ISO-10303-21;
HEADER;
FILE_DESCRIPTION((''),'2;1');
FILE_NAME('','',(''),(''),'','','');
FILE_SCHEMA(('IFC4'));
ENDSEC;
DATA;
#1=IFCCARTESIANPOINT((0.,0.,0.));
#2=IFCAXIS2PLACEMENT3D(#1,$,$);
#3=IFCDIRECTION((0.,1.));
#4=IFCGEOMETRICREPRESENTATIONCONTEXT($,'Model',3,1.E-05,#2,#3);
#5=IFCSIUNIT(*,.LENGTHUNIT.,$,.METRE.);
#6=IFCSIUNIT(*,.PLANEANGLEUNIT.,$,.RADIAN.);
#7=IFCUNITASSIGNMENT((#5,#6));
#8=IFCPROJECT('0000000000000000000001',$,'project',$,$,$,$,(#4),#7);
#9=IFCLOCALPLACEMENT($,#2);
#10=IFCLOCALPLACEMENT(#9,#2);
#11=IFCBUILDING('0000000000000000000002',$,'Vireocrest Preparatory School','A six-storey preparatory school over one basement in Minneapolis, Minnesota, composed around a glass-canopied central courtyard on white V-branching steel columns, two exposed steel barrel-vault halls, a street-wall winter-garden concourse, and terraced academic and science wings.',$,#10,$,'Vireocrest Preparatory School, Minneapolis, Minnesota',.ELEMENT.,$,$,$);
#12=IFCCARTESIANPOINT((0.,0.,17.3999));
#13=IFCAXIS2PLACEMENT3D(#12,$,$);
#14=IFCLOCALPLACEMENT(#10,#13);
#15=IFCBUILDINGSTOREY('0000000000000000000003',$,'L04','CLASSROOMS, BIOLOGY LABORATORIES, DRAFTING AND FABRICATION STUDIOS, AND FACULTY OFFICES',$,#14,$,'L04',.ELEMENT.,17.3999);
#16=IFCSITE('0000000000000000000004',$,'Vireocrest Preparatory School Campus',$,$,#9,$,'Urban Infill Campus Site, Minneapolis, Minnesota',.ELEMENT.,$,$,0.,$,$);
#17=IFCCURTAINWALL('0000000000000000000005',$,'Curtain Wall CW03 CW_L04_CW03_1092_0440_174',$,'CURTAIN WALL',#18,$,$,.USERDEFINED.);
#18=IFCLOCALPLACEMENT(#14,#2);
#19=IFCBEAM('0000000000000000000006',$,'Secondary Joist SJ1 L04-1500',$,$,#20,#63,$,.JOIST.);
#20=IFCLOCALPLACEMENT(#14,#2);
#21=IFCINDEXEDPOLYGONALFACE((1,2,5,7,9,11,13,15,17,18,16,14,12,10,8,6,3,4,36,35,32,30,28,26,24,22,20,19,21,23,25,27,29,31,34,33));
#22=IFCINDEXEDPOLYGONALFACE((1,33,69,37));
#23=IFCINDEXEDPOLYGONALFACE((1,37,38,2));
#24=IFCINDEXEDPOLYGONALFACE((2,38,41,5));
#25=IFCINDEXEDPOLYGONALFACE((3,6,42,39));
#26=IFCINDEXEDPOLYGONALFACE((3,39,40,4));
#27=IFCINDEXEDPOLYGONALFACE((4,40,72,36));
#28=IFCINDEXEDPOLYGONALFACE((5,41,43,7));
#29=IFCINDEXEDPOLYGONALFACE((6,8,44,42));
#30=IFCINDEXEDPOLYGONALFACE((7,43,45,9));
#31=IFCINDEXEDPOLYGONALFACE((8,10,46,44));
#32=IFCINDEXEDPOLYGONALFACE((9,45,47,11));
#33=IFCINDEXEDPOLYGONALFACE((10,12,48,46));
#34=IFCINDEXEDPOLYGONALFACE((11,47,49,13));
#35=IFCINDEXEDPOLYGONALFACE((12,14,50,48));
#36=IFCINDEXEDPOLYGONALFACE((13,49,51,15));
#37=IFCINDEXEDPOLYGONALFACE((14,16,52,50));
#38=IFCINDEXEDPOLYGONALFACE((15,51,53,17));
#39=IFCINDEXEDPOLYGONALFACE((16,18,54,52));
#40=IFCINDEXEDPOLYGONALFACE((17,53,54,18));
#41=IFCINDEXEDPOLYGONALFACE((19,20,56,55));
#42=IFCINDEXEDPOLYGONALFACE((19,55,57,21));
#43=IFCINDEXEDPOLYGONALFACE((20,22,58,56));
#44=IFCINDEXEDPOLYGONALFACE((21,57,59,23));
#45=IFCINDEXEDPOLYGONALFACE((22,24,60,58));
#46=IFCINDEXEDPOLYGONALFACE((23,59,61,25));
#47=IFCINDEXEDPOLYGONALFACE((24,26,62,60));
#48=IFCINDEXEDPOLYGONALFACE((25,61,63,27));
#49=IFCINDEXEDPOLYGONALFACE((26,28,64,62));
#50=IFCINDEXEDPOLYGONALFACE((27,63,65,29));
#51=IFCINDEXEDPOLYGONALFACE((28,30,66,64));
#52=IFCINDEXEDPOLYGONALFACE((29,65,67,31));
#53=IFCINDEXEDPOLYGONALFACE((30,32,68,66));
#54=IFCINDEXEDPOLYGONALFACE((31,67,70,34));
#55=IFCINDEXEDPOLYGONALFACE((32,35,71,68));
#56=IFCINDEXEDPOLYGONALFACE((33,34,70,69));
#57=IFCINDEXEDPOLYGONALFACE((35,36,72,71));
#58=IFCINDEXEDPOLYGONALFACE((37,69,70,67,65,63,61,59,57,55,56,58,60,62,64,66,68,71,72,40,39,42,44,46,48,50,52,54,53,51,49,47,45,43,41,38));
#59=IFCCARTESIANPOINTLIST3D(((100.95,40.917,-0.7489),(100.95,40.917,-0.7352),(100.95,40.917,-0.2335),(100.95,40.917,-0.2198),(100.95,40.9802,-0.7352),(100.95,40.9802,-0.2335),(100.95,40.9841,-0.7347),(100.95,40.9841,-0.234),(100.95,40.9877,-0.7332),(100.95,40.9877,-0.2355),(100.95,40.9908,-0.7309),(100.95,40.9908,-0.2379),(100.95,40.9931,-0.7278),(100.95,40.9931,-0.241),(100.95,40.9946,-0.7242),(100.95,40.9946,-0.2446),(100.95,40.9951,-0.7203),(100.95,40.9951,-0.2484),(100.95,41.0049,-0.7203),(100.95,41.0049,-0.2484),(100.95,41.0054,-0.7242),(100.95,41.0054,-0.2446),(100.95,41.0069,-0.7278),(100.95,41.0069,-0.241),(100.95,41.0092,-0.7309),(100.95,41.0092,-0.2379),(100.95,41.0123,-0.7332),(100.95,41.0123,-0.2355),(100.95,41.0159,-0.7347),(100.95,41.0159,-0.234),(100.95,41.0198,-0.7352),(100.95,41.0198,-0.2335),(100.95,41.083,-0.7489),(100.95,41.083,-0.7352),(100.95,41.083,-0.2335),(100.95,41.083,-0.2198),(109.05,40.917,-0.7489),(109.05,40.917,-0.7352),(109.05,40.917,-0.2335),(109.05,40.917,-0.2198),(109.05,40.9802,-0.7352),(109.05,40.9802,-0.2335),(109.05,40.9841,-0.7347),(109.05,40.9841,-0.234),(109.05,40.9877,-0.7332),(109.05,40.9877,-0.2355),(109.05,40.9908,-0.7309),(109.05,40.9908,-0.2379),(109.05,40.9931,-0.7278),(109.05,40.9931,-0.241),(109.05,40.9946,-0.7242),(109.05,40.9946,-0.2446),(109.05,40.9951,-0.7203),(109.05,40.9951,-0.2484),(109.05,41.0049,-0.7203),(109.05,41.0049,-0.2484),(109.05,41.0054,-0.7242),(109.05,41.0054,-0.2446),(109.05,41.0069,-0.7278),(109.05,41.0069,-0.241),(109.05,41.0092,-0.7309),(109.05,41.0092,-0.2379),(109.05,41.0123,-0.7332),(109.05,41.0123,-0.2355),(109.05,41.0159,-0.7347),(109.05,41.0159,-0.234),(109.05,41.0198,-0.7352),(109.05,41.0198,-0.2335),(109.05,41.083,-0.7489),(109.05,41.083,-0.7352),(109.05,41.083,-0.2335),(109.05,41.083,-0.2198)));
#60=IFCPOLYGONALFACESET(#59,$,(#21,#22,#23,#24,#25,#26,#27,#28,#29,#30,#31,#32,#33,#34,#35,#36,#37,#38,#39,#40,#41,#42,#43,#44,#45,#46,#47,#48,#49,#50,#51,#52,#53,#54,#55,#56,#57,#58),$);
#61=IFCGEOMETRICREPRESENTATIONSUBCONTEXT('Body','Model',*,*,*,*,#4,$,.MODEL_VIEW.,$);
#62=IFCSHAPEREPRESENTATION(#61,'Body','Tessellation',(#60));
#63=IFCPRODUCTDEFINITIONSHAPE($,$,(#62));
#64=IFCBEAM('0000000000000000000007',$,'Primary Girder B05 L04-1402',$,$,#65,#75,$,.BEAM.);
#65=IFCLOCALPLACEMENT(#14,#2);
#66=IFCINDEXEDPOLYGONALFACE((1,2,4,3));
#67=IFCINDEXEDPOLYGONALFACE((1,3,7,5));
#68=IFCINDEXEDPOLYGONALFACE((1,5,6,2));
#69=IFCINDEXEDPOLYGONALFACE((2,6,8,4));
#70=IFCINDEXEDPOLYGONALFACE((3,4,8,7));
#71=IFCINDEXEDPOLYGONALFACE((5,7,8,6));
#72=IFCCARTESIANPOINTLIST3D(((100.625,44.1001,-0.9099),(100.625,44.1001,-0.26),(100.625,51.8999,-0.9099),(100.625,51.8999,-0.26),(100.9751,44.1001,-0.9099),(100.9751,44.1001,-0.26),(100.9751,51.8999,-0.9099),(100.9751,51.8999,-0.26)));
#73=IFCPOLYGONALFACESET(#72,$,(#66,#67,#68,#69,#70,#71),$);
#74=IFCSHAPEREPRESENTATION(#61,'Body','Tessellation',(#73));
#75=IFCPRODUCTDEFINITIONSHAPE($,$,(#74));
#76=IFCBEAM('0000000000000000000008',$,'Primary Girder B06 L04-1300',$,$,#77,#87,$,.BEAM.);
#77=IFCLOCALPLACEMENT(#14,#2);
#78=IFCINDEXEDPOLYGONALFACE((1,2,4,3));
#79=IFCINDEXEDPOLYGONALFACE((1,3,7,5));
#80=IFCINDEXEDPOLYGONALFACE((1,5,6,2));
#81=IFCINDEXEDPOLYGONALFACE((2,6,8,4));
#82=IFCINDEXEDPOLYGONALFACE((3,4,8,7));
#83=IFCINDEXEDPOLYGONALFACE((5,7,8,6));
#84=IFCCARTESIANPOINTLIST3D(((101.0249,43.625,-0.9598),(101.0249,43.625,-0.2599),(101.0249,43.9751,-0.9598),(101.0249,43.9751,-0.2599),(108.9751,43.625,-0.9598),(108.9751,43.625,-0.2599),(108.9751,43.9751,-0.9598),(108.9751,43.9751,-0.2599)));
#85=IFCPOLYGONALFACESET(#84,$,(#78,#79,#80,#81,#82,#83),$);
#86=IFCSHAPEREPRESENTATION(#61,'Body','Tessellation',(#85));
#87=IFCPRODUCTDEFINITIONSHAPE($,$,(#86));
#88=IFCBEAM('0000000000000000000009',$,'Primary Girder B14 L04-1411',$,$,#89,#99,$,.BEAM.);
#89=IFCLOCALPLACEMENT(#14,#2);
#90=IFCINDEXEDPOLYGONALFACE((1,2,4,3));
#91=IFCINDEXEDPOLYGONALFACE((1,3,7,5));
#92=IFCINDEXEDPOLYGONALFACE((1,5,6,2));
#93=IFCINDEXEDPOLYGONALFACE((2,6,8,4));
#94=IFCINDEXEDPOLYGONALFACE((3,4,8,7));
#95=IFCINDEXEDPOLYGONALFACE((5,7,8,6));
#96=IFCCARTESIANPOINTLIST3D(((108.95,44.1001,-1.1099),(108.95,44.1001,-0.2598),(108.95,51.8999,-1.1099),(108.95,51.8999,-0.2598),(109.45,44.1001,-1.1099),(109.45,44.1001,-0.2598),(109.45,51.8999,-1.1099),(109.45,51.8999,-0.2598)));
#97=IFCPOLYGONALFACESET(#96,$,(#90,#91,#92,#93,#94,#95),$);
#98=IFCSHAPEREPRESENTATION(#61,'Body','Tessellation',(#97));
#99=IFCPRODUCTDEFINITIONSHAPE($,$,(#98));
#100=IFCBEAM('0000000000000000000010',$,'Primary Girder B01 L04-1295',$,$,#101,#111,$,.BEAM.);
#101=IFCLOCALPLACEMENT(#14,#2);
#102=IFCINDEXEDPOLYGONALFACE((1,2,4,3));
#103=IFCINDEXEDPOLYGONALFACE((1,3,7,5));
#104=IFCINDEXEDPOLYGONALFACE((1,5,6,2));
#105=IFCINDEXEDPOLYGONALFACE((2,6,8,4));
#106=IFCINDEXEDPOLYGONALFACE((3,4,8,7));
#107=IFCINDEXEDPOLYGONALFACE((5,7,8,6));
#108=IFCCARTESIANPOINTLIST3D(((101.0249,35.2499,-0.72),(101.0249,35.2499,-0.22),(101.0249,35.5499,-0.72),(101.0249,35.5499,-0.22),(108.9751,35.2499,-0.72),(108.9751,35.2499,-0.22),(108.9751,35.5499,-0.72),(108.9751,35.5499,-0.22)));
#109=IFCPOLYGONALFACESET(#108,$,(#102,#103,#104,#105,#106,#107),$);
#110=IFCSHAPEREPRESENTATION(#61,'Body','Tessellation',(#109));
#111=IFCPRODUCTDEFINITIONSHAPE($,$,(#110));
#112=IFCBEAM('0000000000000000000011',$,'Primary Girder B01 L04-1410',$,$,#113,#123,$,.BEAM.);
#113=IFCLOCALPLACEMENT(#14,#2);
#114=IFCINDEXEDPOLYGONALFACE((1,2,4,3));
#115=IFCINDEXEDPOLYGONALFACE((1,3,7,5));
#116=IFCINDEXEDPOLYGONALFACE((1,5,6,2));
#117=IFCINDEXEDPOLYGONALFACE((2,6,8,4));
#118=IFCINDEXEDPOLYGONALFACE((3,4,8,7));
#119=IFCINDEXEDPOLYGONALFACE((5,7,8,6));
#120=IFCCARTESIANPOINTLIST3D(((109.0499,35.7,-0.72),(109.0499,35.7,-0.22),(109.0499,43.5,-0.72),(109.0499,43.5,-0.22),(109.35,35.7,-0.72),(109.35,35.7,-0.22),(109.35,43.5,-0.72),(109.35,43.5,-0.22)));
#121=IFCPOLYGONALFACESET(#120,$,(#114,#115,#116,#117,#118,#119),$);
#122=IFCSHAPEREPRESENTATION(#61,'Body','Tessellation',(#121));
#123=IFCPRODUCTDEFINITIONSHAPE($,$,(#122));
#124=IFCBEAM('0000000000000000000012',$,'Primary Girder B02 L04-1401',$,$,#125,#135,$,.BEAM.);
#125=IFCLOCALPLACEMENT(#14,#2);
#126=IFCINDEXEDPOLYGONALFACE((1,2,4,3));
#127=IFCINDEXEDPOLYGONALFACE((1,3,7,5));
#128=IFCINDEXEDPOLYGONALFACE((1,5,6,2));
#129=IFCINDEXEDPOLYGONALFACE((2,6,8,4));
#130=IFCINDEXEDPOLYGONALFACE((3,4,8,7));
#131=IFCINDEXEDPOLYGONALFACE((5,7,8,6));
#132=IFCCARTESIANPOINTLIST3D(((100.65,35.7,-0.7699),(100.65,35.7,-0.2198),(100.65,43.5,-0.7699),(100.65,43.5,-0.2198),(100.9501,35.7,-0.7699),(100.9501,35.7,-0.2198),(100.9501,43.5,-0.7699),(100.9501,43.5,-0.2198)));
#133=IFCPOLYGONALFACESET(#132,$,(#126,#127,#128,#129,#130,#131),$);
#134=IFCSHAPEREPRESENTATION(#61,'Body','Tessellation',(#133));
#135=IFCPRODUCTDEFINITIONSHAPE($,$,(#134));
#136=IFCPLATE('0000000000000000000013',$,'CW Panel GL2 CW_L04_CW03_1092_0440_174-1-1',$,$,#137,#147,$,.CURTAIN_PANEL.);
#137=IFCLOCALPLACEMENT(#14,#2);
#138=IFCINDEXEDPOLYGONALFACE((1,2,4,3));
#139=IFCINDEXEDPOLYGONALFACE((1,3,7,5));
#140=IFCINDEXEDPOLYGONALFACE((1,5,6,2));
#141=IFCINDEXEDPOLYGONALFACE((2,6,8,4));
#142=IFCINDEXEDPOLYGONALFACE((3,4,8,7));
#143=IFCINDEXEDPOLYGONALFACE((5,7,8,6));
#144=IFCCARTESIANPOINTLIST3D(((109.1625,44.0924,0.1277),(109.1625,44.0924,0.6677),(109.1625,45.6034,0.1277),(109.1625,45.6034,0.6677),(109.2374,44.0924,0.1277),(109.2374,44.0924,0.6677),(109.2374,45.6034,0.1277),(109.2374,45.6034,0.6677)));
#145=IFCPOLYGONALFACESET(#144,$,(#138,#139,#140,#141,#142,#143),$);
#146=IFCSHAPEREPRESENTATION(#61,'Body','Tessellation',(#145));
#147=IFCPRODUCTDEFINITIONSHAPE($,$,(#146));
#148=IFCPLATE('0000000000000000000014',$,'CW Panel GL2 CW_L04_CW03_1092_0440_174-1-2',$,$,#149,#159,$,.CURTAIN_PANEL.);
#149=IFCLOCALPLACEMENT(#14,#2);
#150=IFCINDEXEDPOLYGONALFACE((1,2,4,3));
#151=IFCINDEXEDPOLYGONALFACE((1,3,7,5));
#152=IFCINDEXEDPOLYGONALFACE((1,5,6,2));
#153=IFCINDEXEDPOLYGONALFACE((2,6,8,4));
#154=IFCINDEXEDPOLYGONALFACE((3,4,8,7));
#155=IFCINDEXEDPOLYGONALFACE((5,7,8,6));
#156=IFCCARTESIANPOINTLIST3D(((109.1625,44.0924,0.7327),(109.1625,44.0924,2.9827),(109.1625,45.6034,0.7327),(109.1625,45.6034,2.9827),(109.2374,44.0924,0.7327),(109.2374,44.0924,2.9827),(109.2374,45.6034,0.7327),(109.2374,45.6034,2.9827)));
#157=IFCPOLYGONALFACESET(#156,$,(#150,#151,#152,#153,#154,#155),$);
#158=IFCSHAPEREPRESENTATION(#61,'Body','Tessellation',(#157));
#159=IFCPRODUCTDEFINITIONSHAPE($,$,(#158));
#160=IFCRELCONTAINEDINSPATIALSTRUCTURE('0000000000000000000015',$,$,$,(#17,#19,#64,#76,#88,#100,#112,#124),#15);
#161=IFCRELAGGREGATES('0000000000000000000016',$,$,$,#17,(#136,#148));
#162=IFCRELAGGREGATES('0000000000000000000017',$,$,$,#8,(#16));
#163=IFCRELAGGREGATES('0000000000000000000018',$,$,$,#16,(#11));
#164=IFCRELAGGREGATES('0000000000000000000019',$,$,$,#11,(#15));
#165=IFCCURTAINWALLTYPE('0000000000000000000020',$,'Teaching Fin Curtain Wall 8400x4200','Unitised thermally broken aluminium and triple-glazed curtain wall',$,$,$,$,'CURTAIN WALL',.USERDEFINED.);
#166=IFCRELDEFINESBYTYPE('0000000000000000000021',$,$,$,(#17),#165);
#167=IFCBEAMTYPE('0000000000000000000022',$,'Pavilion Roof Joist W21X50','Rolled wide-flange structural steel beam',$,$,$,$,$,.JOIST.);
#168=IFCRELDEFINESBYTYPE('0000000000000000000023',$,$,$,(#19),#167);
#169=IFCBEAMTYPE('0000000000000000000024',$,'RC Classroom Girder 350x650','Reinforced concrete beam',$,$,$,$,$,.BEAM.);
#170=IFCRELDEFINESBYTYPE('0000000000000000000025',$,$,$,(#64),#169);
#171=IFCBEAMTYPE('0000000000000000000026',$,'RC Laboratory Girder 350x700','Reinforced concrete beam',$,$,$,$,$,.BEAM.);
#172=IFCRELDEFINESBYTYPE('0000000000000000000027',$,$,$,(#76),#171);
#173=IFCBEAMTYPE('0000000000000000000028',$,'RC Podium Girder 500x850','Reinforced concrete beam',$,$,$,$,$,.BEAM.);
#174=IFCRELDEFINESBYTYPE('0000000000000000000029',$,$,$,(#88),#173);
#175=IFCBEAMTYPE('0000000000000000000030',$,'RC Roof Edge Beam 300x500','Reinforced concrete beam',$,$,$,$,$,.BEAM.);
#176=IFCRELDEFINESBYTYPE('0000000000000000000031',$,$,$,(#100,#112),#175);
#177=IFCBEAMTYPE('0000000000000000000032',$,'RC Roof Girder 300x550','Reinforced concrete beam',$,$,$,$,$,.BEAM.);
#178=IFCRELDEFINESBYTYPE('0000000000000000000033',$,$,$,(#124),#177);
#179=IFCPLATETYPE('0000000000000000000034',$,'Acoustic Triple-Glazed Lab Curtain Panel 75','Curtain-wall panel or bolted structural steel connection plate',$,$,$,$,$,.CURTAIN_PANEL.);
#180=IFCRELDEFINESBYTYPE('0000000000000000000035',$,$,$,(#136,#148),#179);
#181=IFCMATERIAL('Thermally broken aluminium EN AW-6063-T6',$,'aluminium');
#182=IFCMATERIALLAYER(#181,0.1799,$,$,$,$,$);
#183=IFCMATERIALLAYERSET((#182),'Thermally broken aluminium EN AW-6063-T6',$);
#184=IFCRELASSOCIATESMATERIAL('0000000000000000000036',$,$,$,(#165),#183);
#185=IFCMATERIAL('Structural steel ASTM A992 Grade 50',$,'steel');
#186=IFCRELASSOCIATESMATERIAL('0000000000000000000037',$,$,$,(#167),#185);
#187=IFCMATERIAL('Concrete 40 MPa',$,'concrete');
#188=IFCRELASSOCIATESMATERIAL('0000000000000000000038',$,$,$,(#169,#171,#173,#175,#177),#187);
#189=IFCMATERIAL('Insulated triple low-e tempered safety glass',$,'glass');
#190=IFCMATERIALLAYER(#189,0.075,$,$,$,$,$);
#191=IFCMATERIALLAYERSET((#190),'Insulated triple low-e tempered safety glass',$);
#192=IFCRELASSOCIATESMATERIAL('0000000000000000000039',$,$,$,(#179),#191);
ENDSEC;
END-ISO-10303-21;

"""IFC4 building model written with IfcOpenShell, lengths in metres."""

from ifc_helpers import new_model, si_unit, direction, frame, origin, origin_2d, place, context, subcontext, project, spatial, rectangle, i_section, extrude, material, layer, layer_set, material_profile, profile_set, type_object, element, aggregate, save


model = new_model("IFC4")

# Units and contexts
model_context = context("Model", 3, precision=1e-05, world=origin(), true_north=direction((0.0, 1.0)))
body_context = subcontext(model_context, "Body", "Model", "MODEL_VIEW")
ifc_project = project(units=[si_unit("LENGTHUNIT", "METRE"), si_unit("PLANEANGLEUNIT", "RADIAN")], contexts=[model_context])

# Site, building, storey
site_placement = place(None, origin())
site = spatial("IfcSite", under=ifc_project, at=site_placement, Name="Vireocrest Preparatory School Campus", LongName="Urban Infill Campus Site, Minneapolis, Minnesota", CompositionType="ELEMENT", RefElevation=0.0)
building_placement = place(site_placement, origin())
building = spatial("IfcBuilding", under=site, at=building_placement, Name="Vireocrest Preparatory School", Description="A six-storey preparatory school over one basement in Minneapolis, Minnesota, composed around a glass-canopied central courtyard on white V-branching steel columns, two exposed steel barrel-vault halls, a street-wall winter-garden concourse, and terraced academic and science wings.", LongName="Vireocrest Preparatory School, Minneapolis, Minnesota", CompositionType="ELEMENT")
storey_placement = place(building_placement, frame((0.0, 0.0, 17.3999)))
storey = spatial("IfcBuildingStorey", under=building, at=storey_placement, Name="L04", Description="CLASSROOMS, BIOLOGY LABORATORIES, DRAFTING AND FABRICATION STUDIOS, AND FACULTY OFFICES", LongName="L04", CompositionType="ELEMENT", Elevation=17.3999)

# Shared definitions
ifc_material_1 = material(Name="Thermally broken aluminium EN AW-6063-T6", Category="aluminium")

# Curtain wall
ifc_layer_1 = layer(ifc_material_1, 0.1799)
ifc_layer_set_1 = layer_set([ifc_layer_1], Name="Thermally broken aluminium EN AW-6063-T6")
curtain_wall_type_1 = type_object("IfcCurtainWallType", Name="Teaching Fin Curtain Wall 8400x4200", Description="Unitised thermally broken aluminium and triple-glazed curtain wall", ElementType="CURTAIN WALL", PredefinedType="USERDEFINED", material=ifc_layer_set_1)
curtain_wall_1_placement = place(storey_placement, origin())
curtain_wall_1 = element("IfcCurtainWall", 1, at=curtain_wall_1_placement, inside=storey, type_object=curtain_wall_type_1, Name="Curtain Wall CW03 CW_L04_CW03_1092_0440_174", ObjectType="CURTAIN WALL", PredefinedType="USERDEFINED")

# Beams
ifc_material_2 = material(Name="Structural steel ASTM A992 Grade 50", Category="steel")
ifc_material_profile_1 = material_profile(ifc_material_2, i_section(OverallWidth=0.166, OverallDepth=0.5291, WebThickness=0.0098, FlangeThickness=0.0137, FilletRadius=0.0149, at=origin_2d()), Name="W21X50")
ifc_profile_set_1 = profile_set([ifc_material_profile_1], Name="Structural steel ASTM A992 Grade 50")
beam_type_1 = type_object("IfcBeamType", Name="Pavilion Roof Joist W21X50", Description="Rolled wide-flange structural steel beam", PredefinedType="JOIST", material=ifc_profile_set_1)
for number, where, z_axis, x_axis, name in (
    (2, (100.95, 41.0, -0.4844), (1.0, 0.0, 0.0), (0.0, 1.0, 0.0), "Secondary Joist SJ1 L04-1500"),
):
    element("IfcBeam", number, at=place(storey_placement, frame(where, z_axis=z_axis, x_axis=x_axis)), inside=storey, type_object=beam_type_1, Name=name, PredefinedType="JOIST", context=body_context, shape_type="SweptSolid", body=[
        extrude(i_section(OverallWidth=0.166, OverallDepth=0.5291, WebThickness=0.0098, FlangeThickness=0.0137, FilletRadius=0.0149, at=origin_2d()), origin(), (0.0, 0.0, 1.0), 8.1001),
    ])
ifc_material_3 = material(Name="Concrete 40 MPa", Category="concrete")
ifc_material_profile_2 = material_profile(ifc_material_3, rectangle(XDim=0.3501, YDim=0.6499, at=origin_2d()), Name="RC 350x650")
ifc_profile_set_2 = profile_set([ifc_material_profile_2], Name="Concrete 40 MPa")
beam_type_2 = type_object("IfcBeamType", Name="RC Classroom Girder 350x650", Description="Reinforced concrete beam", PredefinedType="BEAM", material=ifc_profile_set_2)
beam_1_placement = place(storey_placement, frame((100.8, 44.1001, -0.585), z_axis=(0.0, 1.0, 0.0), x_axis=(-1.0, 0.0, 0.0)))
element("IfcBeam", 3, at=beam_1_placement, inside=storey, type_object=beam_type_2, Name="Primary Girder B05 L04-1402", PredefinedType="BEAM", context=body_context, shape_type="SweptSolid", body=[
    extrude(rectangle(XDim=0.3501, YDim=0.6499, at=origin_2d()), origin(), (0.0, 0.0, 1.0), 7.7998),
])
ifc_material_profile_3 = material_profile(ifc_material_3, rectangle(XDim=0.3501, YDim=0.7, at=origin_2d()), Name="RC 350x700")
ifc_profile_set_3 = profile_set([ifc_material_profile_3], Name="Concrete 40 MPa")
beam_type_3 = type_object("IfcBeamType", Name="RC Laboratory Girder 350x700", Description="Reinforced concrete beam", PredefinedType="BEAM", material=ifc_profile_set_3)
beam_2_placement = place(storey_placement, frame((101.0249, 43.8, -0.6099), z_axis=(1.0, 0.0, 0.0), x_axis=(0.0, 1.0, 0.0)))
element("IfcBeam", 4, at=beam_2_placement, inside=storey, type_object=beam_type_3, Name="Primary Girder B06 L04-1300", PredefinedType="BEAM", context=body_context, shape_type="SweptSolid", body=[
    extrude(rectangle(XDim=0.3501, YDim=0.7, at=origin_2d()), origin(), (0.0, 0.0, 1.0), 7.9502),
])
ifc_material_profile_4 = material_profile(ifc_material_3, rectangle(XDim=0.5, YDim=0.8501, at=origin_2d()), Name="RC 500x850")
ifc_profile_set_4 = profile_set([ifc_material_profile_4], Name="Concrete 40 MPa")
beam_type_4 = type_object("IfcBeamType", Name="RC Podium Girder 500x850", Description="Reinforced concrete beam", PredefinedType="BEAM", material=ifc_profile_set_4)
beam_3_placement = place(storey_placement, frame((109.2, 44.1001, -0.6848), z_axis=(0.0, 1.0, 0.0), x_axis=(-1.0, 0.0, 0.0)))
element("IfcBeam", 5, at=beam_3_placement, inside=storey, type_object=beam_type_4, Name="Primary Girder B14 L04-1411", PredefinedType="BEAM", context=body_context, shape_type="SweptSolid", body=[
    extrude(rectangle(XDim=0.5, YDim=0.8501, at=origin_2d()), origin(), (0.0, 0.0, 1.0), 7.7998),
])
ifc_material_profile_5 = material_profile(ifc_material_3, rectangle(XDim=0.3, YDim=0.5, at=origin_2d()), Name="RC 300x500")
ifc_profile_set_5 = profile_set([ifc_material_profile_5], Name="Concrete 40 MPa")
beam_type_5 = type_object("IfcBeamType", Name="RC Roof Edge Beam 300x500", Description="Reinforced concrete beam", PredefinedType="BEAM", material=ifc_profile_set_5)
beam_4_placement = place(storey_placement, frame((101.0249, 35.3999, -0.47), z_axis=(1.0, 0.0, 0.0), x_axis=(0.0, 1.0, 0.0)))
element("IfcBeam", 6, at=beam_4_placement, inside=storey, type_object=beam_type_5, Name="Primary Girder B01 L04-1295", PredefinedType="BEAM", context=body_context, shape_type="SweptSolid", body=[
    extrude(rectangle(XDim=0.3, YDim=0.5, at=origin_2d()), origin(), (0.0, 0.0, 1.0), 7.9502),
])
beam_5_placement = place(storey_placement, frame((109.2, 35.7, -0.47), z_axis=(0.0, 1.0, 0.0), x_axis=(-1.0, 0.0, 0.0)))
element("IfcBeam", 7, at=beam_5_placement, inside=storey, type_object=beam_type_5, Name="Primary Girder B01 L04-1410", PredefinedType="BEAM", context=body_context, shape_type="SweptSolid", body=[
    extrude(rectangle(XDim=0.3, YDim=0.5, at=origin_2d()), origin(), (0.0, 0.0, 1.0), 7.8),
])
ifc_material_profile_6 = material_profile(ifc_material_3, rectangle(XDim=0.3, YDim=0.55, at=origin_2d()), Name="RC 300x550")
ifc_profile_set_6 = profile_set([ifc_material_profile_6], Name="Concrete 40 MPa")
beam_type_6 = type_object("IfcBeamType", Name="RC Roof Girder 300x550", Description="Reinforced concrete beam", PredefinedType="BEAM", material=ifc_profile_set_6)
beam_6_placement = place(storey_placement, frame((100.8, 35.7, -0.4949), z_axis=(0.0, 1.0, 0.0), x_axis=(-1.0, 0.0, 0.0)))
element("IfcBeam", 8, at=beam_6_placement, inside=storey, type_object=beam_type_6, Name="Primary Girder B02 L04-1401", PredefinedType="BEAM", context=body_context, shape_type="SweptSolid", body=[
    extrude(rectangle(XDim=0.3, YDim=0.55, at=origin_2d()), origin(), (0.0, 0.0, 1.0), 7.8),
])

# Plates
ifc_material_4 = material(Name="Insulated triple low-e tempered safety glass", Category="glass")
ifc_layer_2 = layer(ifc_material_4, 0.075)
ifc_layer_set_2 = layer_set([ifc_layer_2], Name="Insulated triple low-e tempered safety glass")
plate_type = type_object("IfcPlateType", Name="Acoustic Triple-Glazed Lab Curtain Panel 75", Description="Curtain-wall panel or bolted structural steel connection plate", PredefinedType="CURTAIN_PANEL", material=ifc_layer_set_2)
plate_1_placement = place(storey_placement, frame((109.2, 44.8479, 0.1277), z_axis=(0.0, 0.0, 1.0), x_axis=(0.0, 1.0, 0.0)))
plate_1 = element("IfcPlate", 9, at=plate_1_placement, type_object=plate_type, Name="CW Panel GL2 CW_L04_CW03_1092_0440_174-1-1", PredefinedType="CURTAIN_PANEL", context=body_context, shape_type="SweptSolid", body=[
    extrude(rectangle(XDim=1.511, YDim=0.075, at=origin_2d()), origin(), (0.0, 0.0, 1.0), 0.54),
])
plate_2_placement = place(storey_placement, frame((109.2, 44.8479, 0.7327), z_axis=(0.0, 0.0, 1.0), x_axis=(0.0, 1.0, 0.0)))
plate_2 = element("IfcPlate", 10, at=plate_2_placement, type_object=plate_type, Name="CW Panel GL2 CW_L04_CW03_1092_0440_174-1-2", PredefinedType="CURTAIN_PANEL", context=body_context, shape_type="SweptSolid", body=[
    extrude(rectangle(XDim=1.511, YDim=0.075, at=origin_2d()), origin(), (0.0, 0.0, 1.0), 2.25),
])
aggregate(curtain_wall_1, [plate_1, plate_2])

save(model, "model.ifc")
